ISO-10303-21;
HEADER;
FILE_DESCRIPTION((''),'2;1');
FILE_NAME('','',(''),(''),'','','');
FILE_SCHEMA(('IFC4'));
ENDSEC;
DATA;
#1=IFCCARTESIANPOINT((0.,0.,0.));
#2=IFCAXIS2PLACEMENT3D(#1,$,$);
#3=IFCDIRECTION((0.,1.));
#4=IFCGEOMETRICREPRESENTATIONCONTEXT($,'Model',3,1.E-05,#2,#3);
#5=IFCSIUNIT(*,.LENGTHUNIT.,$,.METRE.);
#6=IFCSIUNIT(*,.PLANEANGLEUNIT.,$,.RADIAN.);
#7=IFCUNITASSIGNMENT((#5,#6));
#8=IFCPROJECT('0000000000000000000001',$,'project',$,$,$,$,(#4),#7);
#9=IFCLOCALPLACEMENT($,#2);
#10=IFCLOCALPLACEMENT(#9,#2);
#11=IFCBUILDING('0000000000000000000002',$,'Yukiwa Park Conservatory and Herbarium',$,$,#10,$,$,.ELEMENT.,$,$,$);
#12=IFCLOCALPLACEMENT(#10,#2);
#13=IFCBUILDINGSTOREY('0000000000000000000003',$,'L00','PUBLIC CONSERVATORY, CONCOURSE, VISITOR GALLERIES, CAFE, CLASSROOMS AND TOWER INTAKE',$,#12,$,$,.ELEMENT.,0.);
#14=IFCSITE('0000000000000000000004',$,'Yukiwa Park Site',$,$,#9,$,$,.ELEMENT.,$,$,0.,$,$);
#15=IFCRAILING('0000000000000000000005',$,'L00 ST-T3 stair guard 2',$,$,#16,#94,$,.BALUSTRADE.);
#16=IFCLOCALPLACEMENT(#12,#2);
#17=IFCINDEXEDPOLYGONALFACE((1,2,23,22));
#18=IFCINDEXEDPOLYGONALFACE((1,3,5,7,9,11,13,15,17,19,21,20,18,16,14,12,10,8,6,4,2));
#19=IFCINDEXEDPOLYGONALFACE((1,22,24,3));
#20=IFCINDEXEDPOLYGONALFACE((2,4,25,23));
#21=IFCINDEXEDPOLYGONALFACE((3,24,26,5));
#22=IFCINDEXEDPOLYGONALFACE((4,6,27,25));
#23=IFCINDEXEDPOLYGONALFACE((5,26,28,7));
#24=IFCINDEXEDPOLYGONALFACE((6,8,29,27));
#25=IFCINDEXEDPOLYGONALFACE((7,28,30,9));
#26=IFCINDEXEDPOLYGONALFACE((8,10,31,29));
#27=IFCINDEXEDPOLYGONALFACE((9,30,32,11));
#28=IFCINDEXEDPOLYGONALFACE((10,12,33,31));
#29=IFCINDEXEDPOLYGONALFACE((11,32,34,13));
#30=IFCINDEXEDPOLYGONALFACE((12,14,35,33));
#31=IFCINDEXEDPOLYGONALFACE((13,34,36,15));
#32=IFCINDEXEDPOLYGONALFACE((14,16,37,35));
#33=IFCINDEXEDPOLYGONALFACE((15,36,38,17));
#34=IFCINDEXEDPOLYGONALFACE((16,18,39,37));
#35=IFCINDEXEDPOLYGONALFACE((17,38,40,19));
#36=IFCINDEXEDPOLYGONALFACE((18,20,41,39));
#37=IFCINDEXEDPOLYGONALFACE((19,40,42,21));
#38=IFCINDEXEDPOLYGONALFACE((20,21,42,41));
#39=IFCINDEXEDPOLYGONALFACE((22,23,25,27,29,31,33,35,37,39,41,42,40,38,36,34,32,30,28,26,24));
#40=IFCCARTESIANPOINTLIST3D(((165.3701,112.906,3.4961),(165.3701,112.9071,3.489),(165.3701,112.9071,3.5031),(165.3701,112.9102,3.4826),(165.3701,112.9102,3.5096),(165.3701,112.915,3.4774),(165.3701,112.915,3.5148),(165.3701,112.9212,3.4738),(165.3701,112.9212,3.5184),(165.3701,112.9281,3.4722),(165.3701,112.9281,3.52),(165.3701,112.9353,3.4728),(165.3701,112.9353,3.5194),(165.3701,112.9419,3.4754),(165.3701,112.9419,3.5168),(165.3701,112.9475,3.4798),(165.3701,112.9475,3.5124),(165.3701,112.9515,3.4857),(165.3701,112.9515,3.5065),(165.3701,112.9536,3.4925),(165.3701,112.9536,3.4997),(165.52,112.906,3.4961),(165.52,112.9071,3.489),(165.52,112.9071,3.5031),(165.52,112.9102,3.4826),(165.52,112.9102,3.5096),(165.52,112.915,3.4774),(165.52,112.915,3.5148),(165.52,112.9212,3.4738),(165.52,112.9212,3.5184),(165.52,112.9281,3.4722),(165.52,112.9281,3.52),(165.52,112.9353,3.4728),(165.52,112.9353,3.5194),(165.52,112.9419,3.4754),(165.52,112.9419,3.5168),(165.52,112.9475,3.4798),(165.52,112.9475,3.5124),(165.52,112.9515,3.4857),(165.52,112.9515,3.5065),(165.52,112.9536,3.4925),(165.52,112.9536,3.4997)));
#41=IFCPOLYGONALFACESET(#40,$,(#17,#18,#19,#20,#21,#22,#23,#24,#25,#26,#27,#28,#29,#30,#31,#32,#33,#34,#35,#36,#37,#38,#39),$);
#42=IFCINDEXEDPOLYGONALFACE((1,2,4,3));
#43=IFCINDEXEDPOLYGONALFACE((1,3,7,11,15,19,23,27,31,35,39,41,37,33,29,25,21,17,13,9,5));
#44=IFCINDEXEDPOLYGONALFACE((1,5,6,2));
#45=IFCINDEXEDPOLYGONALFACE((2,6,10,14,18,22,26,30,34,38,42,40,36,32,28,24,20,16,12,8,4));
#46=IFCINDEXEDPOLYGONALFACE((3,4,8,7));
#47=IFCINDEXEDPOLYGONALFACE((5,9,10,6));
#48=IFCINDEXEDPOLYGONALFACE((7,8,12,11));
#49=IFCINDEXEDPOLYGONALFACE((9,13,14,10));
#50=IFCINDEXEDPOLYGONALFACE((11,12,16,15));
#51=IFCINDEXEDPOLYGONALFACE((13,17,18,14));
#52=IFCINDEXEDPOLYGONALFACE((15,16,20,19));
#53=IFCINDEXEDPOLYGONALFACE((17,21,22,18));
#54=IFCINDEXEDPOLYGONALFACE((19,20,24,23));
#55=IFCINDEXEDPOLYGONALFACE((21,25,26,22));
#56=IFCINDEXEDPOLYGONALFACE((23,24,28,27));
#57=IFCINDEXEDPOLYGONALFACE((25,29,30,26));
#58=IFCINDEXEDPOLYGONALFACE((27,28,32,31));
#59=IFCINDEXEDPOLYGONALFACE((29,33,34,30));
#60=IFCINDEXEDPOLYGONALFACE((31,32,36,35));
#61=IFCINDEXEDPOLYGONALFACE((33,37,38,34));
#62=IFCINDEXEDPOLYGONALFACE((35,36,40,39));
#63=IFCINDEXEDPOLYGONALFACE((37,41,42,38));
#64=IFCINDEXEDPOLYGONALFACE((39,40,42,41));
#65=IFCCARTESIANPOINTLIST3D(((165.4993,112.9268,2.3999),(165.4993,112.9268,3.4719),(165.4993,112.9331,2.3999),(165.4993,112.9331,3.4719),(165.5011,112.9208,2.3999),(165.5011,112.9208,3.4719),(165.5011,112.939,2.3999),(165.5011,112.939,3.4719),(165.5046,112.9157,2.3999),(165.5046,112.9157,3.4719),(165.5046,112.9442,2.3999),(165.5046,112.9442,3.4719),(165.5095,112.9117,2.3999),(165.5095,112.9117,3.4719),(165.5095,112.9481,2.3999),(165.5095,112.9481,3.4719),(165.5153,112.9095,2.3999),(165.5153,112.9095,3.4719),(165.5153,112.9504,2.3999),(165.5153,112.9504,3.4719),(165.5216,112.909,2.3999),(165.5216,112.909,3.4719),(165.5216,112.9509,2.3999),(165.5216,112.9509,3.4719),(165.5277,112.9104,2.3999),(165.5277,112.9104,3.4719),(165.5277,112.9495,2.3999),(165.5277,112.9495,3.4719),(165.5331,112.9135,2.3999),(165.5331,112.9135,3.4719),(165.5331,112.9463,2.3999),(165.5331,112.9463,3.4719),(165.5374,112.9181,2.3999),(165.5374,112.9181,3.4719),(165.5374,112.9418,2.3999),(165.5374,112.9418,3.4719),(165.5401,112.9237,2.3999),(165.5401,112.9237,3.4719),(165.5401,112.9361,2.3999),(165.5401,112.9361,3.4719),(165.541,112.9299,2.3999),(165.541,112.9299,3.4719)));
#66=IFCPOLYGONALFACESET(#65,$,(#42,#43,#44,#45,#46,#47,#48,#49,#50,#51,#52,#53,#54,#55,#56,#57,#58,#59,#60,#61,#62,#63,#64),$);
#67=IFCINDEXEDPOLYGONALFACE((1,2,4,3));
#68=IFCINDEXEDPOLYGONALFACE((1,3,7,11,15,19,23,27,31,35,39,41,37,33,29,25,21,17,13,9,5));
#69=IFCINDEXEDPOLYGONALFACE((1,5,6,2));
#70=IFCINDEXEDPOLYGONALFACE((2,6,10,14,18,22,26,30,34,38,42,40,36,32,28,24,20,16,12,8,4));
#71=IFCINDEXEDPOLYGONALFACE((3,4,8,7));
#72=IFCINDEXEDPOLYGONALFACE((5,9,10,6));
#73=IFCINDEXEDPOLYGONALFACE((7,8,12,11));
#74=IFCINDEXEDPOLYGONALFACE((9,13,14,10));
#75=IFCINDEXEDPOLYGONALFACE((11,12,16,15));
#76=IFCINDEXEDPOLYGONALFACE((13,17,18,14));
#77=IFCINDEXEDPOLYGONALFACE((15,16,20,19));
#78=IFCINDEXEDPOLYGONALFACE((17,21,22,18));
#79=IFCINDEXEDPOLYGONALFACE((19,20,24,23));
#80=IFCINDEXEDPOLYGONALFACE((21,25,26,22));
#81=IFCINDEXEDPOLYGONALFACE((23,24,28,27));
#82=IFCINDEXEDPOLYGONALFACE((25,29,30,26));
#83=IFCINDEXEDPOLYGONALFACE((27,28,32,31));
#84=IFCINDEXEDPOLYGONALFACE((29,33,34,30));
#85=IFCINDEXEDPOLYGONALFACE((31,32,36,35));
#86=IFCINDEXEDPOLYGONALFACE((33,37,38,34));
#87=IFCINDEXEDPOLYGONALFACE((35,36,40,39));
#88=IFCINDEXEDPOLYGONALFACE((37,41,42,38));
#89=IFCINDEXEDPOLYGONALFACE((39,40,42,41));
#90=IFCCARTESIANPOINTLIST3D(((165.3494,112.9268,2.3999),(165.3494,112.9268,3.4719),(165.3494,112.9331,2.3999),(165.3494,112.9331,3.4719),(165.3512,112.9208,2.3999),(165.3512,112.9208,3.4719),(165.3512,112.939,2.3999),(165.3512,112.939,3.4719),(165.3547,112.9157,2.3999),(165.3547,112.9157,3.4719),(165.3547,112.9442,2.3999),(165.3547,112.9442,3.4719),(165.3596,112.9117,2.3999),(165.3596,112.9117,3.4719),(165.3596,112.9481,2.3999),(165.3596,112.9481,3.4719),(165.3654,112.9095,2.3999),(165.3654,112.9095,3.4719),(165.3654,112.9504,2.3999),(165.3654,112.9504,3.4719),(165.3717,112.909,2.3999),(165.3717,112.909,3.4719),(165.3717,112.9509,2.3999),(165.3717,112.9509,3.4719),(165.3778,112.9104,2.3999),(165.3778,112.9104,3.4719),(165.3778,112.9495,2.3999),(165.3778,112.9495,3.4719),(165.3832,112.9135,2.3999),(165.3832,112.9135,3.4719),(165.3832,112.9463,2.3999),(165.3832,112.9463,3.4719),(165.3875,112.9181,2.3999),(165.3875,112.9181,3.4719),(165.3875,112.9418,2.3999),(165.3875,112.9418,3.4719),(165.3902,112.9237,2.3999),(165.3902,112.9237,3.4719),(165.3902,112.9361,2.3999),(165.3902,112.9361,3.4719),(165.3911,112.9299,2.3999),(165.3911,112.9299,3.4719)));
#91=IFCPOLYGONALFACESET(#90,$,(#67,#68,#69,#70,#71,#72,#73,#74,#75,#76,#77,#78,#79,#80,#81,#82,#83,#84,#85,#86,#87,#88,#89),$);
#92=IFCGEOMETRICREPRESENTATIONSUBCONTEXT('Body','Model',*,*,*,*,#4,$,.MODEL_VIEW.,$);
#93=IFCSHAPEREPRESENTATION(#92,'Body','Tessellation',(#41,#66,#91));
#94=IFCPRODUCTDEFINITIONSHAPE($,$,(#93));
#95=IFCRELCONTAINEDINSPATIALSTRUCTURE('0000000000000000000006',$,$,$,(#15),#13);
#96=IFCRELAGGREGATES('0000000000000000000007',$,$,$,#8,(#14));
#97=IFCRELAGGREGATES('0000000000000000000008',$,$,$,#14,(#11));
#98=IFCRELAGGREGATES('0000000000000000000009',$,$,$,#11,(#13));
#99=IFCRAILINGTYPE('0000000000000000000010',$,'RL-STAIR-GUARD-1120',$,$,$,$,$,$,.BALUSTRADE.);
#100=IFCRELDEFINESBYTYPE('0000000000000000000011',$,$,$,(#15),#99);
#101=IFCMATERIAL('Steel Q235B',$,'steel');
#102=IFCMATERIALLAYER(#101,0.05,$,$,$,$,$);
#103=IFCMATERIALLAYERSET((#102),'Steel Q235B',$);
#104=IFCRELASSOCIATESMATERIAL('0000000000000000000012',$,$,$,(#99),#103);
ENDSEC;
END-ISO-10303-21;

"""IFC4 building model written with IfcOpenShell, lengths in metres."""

from ifc_helpers import new_model, si_unit, direction, frame, origin, origin_2d, place, context, subcontext, project, spatial, circle, extrude, material, layer, layer_set, type_object, element, save


model = new_model("IFC4")

# Units and contexts
model_context = context("Model", 3, precision=1e-05, world=origin(), true_north=direction((0.0, 1.0)))
body_context = subcontext(model_context, "Body", "Model", "MODEL_VIEW")
ifc_project = project(units=[si_unit("LENGTHUNIT", "METRE"), si_unit("PLANEANGLEUNIT", "RADIAN")], contexts=[model_context])

# Site, building, storey
site_placement = place(None, origin())
site = spatial("IfcSite", under=ifc_project, at=site_placement, Name="Yukiwa Park Site", CompositionType="ELEMENT", RefElevation=0.0)
building_placement = place(site_placement, origin())
building = spatial("IfcBuilding", under=site, at=building_placement, Name="Yukiwa Park Conservatory and Herbarium", CompositionType="ELEMENT")
storey_placement = place(building_placement, origin())
storey = spatial("IfcBuildingStorey", under=building, at=storey_placement, Name="L00", Description="PUBLIC CONSERVATORY, CONCOURSE, VISITOR GALLERIES, CAFE, CLASSROOMS AND TOWER INTAKE", CompositionType="ELEMENT", Elevation=0.0)

# Railing
ifc_material_1 = material(Name="Steel Q235B", Category="steel")
ifc_layer_1 = layer(ifc_material_1, 0.05)
ifc_layer_set_1 = layer_set([ifc_layer_1], Name="Steel Q235B")
railing_type_1 = type_object("IfcRailingType", Name="RL-STAIR-GUARD-1120", PredefinedType="BALUSTRADE", material=ifc_layer_set_1)
railing_1_placement = place(storey_placement, frame((165.52, 112.9299, 2.3999)))
element("IfcRailing", 1, at=railing_1_placement, inside=storey, type_object=railing_type_1, Name="L00 ST-T3 stair guard 2", PredefinedType="BALUSTRADE", context=body_context, shape_type="SweptSolid", body=[
    extrude(circle(Radius=0.0239, at=origin_2d()), frame((0.0, 0.0, 1.0962), z_axis=(-1.0, 0.0, 0.0), x_axis=(0.0, -1.0, 0.0)), (0.0, 0.0, 1.0), 0.1499),
    extrude(circle(Radius=0.021, at=origin_2d()), origin(), (0.0, 0.0, 1.0), 1.072),
    extrude(circle(Radius=0.021, at=origin_2d()), frame((-0.1499, 0.0, 0.0)), (0.0, 0.0, 1.0), 1.072),
])

save(model, "model.ifc")
